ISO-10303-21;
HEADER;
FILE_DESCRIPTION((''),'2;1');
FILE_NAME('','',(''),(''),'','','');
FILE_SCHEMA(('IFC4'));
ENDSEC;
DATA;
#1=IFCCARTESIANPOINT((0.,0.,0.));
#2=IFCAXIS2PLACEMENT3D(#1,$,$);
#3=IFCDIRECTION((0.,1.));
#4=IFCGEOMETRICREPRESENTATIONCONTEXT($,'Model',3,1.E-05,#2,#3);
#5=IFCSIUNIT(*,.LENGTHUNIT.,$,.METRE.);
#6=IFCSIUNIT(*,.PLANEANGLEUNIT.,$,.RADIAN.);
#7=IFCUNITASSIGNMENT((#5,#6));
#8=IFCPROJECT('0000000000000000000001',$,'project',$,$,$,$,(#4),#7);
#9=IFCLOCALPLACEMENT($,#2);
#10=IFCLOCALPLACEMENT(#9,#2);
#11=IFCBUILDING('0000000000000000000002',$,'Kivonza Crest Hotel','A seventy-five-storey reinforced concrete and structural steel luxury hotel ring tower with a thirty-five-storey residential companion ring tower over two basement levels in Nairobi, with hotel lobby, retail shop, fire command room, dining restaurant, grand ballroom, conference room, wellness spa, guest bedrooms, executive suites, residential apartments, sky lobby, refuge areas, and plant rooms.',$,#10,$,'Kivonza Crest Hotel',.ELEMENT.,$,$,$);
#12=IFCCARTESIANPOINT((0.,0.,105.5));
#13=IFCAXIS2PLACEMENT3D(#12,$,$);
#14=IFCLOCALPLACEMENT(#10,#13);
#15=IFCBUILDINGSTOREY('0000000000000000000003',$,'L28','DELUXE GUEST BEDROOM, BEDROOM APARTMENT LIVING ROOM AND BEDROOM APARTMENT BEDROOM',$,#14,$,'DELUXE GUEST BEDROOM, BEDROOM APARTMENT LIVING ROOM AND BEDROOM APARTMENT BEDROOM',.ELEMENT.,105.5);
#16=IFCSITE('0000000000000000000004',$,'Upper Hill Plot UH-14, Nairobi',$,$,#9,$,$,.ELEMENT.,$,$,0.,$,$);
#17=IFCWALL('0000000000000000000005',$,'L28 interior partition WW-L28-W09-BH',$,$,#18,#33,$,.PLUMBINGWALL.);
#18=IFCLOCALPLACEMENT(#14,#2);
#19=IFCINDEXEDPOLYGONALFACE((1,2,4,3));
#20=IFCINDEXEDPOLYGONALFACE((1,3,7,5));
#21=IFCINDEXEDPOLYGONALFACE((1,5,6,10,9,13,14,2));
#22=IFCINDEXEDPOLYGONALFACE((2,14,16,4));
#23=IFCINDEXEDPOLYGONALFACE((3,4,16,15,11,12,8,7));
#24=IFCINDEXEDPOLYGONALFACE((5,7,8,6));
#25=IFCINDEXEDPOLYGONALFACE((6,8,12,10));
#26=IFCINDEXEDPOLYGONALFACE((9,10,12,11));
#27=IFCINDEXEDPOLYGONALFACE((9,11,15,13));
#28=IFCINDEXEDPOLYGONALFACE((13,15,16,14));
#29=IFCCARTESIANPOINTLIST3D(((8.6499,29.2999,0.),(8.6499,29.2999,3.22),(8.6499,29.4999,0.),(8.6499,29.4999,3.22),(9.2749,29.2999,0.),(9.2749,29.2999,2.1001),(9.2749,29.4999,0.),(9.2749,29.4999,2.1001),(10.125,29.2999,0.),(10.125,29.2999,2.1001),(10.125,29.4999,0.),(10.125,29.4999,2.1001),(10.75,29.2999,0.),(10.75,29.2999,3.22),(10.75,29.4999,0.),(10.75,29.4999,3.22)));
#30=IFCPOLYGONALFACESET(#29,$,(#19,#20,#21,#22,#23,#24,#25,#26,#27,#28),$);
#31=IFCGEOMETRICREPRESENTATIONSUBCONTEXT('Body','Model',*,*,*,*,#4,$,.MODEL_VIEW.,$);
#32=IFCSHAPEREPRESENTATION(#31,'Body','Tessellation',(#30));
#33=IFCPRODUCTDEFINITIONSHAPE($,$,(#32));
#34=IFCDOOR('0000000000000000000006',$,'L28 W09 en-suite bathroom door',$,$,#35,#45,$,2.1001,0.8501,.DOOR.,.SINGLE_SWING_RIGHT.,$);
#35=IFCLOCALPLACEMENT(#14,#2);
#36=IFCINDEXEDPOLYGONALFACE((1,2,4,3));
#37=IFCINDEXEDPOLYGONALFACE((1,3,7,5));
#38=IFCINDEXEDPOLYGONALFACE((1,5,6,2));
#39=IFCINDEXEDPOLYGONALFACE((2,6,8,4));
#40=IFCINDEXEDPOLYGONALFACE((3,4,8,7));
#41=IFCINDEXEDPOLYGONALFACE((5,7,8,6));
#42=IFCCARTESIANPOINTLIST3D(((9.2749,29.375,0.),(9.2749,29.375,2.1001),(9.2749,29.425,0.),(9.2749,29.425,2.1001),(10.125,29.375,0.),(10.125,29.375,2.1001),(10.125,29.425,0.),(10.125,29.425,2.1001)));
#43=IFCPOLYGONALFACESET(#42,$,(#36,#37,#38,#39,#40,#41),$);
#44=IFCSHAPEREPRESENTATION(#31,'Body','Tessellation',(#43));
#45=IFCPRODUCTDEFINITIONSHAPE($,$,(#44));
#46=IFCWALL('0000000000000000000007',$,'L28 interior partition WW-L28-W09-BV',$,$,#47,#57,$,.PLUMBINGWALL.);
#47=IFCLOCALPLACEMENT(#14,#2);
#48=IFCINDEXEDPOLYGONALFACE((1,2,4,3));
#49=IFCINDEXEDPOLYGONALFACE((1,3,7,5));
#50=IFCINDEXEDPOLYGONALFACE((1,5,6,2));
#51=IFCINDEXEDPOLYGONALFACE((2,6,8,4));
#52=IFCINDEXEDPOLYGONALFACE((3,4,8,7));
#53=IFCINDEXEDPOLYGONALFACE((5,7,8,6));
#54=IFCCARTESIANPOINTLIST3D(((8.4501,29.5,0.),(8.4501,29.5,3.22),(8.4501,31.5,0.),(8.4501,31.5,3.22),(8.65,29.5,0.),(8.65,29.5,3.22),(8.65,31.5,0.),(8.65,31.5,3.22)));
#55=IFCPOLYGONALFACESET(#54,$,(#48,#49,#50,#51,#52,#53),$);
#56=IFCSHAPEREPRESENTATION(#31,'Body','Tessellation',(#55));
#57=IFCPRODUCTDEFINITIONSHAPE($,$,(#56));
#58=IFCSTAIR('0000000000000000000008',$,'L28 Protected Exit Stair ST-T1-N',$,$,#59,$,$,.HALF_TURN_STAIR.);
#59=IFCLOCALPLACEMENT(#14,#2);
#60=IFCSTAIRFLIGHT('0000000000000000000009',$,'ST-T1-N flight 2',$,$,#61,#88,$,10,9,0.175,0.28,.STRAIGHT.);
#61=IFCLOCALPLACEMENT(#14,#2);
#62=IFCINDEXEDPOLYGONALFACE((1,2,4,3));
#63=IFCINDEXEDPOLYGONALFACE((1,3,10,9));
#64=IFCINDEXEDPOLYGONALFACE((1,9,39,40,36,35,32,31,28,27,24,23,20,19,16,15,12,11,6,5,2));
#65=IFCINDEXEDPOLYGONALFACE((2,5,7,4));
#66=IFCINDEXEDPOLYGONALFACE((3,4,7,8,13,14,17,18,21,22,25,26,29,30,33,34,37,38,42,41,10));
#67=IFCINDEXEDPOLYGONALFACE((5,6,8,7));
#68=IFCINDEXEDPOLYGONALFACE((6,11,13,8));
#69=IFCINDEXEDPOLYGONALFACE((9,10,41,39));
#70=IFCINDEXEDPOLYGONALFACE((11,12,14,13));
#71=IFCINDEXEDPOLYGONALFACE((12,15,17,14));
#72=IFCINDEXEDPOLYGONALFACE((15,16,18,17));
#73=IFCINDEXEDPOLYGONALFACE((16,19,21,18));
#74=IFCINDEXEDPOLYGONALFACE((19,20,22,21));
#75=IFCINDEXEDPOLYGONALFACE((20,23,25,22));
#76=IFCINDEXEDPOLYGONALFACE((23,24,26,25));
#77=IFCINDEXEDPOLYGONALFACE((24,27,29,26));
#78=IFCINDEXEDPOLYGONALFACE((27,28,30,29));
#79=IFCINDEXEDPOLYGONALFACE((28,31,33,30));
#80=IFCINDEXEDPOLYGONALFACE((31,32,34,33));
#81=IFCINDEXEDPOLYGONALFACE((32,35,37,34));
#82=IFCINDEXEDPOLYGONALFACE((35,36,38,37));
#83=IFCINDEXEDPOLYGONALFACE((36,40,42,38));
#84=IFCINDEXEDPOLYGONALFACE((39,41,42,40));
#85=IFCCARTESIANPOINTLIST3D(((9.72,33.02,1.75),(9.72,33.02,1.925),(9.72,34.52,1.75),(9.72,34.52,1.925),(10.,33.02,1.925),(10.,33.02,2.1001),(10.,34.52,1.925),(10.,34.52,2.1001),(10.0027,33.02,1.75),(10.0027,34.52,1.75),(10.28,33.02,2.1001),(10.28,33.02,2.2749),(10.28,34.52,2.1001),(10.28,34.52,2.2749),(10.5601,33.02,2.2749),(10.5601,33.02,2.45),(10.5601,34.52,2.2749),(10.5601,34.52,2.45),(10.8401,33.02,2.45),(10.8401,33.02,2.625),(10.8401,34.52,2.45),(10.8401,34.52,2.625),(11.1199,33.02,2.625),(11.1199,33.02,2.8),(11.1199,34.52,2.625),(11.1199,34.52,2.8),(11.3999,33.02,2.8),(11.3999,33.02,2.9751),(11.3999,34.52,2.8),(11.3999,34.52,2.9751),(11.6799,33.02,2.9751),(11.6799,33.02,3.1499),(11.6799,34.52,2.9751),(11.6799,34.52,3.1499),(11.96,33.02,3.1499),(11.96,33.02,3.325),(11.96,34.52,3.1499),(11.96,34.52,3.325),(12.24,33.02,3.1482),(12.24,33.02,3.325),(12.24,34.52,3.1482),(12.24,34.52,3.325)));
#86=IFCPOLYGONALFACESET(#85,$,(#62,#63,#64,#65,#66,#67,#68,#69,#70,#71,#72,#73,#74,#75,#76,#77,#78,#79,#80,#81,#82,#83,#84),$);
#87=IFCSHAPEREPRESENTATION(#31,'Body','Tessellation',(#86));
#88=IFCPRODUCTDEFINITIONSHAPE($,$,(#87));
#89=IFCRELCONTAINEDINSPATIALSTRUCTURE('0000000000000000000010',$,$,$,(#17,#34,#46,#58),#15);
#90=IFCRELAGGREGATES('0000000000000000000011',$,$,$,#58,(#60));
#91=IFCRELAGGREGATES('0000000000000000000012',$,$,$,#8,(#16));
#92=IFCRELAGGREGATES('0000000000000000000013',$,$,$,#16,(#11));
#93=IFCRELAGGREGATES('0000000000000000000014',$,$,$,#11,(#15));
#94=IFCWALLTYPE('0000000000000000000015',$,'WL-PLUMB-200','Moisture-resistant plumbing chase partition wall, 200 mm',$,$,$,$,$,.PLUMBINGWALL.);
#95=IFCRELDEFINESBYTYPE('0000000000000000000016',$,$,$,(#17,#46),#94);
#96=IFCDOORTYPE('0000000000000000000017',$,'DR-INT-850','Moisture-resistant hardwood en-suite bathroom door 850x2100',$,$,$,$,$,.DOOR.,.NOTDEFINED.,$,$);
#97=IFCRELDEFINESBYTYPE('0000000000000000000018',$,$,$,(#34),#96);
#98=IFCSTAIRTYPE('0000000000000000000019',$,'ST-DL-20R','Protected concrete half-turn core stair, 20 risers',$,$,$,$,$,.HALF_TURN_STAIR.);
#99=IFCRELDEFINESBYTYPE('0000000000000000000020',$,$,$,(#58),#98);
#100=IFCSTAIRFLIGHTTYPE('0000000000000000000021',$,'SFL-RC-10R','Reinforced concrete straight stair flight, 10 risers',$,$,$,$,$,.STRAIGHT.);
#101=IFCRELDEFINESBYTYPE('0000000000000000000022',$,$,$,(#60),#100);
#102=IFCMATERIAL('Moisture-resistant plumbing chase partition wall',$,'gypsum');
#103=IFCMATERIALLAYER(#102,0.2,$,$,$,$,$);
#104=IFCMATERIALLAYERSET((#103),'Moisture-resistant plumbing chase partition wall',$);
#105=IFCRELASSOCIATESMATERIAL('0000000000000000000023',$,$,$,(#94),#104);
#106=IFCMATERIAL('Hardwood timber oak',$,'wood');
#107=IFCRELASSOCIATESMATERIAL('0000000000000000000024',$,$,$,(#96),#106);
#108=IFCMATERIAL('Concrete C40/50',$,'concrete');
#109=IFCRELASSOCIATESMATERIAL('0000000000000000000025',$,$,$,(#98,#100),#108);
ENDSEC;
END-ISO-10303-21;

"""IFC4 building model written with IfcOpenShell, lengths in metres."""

from ifc_helpers import new_model, si_unit, direction, frame, frame_2d, origin, place, context, subcontext, project, spatial, polyline, rectangle, outline, extrude, material, layer, layer_set, type_object, element, fill, aggregate, save


model = new_model("IFC4")

# Units and contexts
model_context = context("Model", 3, precision=1e-05, world=origin(), true_north=direction((0.0, 1.0)))
body_context = subcontext(model_context, "Body", "Model", "MODEL_VIEW")
ifc_project = project(units=[si_unit("LENGTHUNIT", "METRE"), si_unit("PLANEANGLEUNIT", "RADIAN")], contexts=[model_context])

# Site, building, storey
site_placement = place(None, origin())
site = spatial("IfcSite", under=ifc_project, at=site_placement, Name="Upper Hill Plot UH-14, Nairobi", CompositionType="ELEMENT", RefElevation=0.0)
building_placement = place(site_placement, origin())
building = spatial("IfcBuilding", under=site, at=building_placement, Name="Kivonza Crest Hotel", Description="A seventy-five-storey reinforced concrete and structural steel luxury hotel ring tower with a thirty-five-storey residential companion ring tower over two basement levels in Nairobi, with hotel lobby, retail shop, fire command room, dining restaurant, grand ballroom, conference room, wellness spa, guest bedrooms, executive suites, residential apartments, sky lobby, refuge areas, and plant rooms.", LongName="Kivonza Crest Hotel", CompositionType="ELEMENT")
storey_placement = place(building_placement, frame((0.0, 0.0, 105.5)))
storey = spatial("IfcBuildingStorey", under=building, at=storey_placement, Name="L28", Description="DELUXE GUEST BEDROOM, BEDROOM APARTMENT LIVING ROOM AND BEDROOM APARTMENT BEDROOM", LongName="DELUXE GUEST BEDROOM, BEDROOM APARTMENT LIVING ROOM AND BEDROOM APARTMENT BEDROOM", CompositionType="ELEMENT", Elevation=105.5)

# Shared definitions
ifc_material_1 = material(Name="Hardwood timber oak", Category="wood")

# Wall, opening, door
ifc_material_2 = material(Name="Moisture-resistant plumbing chase partition wall", Category="gypsum")
ifc_layer_1 = layer(ifc_material_2, 0.2)
ifc_layer_set_1 = layer_set([ifc_layer_1], Name="Moisture-resistant plumbing chase partition wall")
wall_type_1 = type_object("IfcWallType", Name="WL-PLUMB-200", Description="Moisture-resistant plumbing chase partition wall, 200 mm", PredefinedType="PLUMBINGWALL", material=ifc_layer_set_1)
wall_1_placement = place(storey_placement, frame((8.6499, 29.3999, 0.0), z_axis=(0.0, 0.0, 1.0), x_axis=(1.0, 0.0, 0.0)))
wall_1 = element("IfcWall", 1, at=wall_1_placement, inside=storey, type_object=wall_type_1, Name="L28 interior partition WW-L28-W09-BH", PredefinedType="PLUMBINGWALL", context=body_context, shape_type="SweptSolid", body=[
    extrude(rectangle(XDim=2.1001, YDim=0.2, at=frame_2d((1.05, 0.0))), origin(), (0.0, 0.0, 1.0), 3.22),
])
opening_1_placement = place(wall_1_placement, frame((0.625, 0.0, 0.0)))
opening_1 = element("IfcOpeningElement", 2, at=opening_1_placement, cuts=wall_1, PredefinedType="OPENING", context=body_context, shape_type="SweptSolid", body=[
    extrude(rectangle(XDim=0.8501, YDim=2.1001, at=frame_2d((0.425, 1.05))), frame((0.0, 0.1099, 0.0), z_axis=(0.0, -1.0, 0.0), x_axis=(1.0, 0.0, 0.0)), (0.0, 0.0, 1.0), 0.22),
])
door_type_1 = type_object("IfcDoorType", Name="DR-INT-850", Description="Moisture-resistant hardwood en-suite bathroom door 850x2100", OperationType="NOTDEFINED", PredefinedType="DOOR", material=ifc_material_1)
door_1_placement = place(opening_1_placement, frame((0.8501, 0.0, 0.0), z_axis=(0.0, 0.0, 1.0), x_axis=(-1.0, 0.0, 0.0)))
door_1 = element("IfcDoor", 3, at=door_1_placement, inside=storey, type_object=door_type_1, Name="L28 W09 en-suite bathroom door", OperationType="SINGLE_SWING_RIGHT", OverallHeight=2.1001, OverallWidth=0.8501, PredefinedType="DOOR", context=body_context, shape_type="SweptSolid", body=[
    extrude(rectangle(XDim=0.8501, YDim=2.1001, at=frame_2d((0.425, 1.05))), frame((0.0, 0.0249, 0.0), z_axis=(0.0, -1.0, 0.0), x_axis=(1.0, 0.0, 0.0)), (0.0, 0.0, 1.0), 0.05),
])
fill(opening_1, door_1)

# Wall
wall_2_placement = place(storey_placement, frame((8.55, 29.5, 0.0), z_axis=(0.0, 0.0, 1.0), x_axis=(0.0, 1.0, 0.0)))
element("IfcWall", 4, at=wall_2_placement, inside=storey, type_object=wall_type_1, Name="L28 interior partition WW-L28-W09-BV", PredefinedType="PLUMBINGWALL", context=body_context, shape_type="SweptSolid", body=[
    extrude(rectangle(XDim=2.0, YDim=0.2, at=frame_2d((1.0, 0.0))), origin(), (0.0, 0.0, 1.0), 3.22),
])

# Stair, stair flight
ifc_material_3 = material(Name="Concrete C40/50", Category="concrete")
stair_type = type_object("IfcStairType", Name="ST-DL-20R", Description="Protected concrete half-turn core stair, 20 risers", PredefinedType="HALF_TURN_STAIR", material=ifc_material_3)
stair_placement = place(storey_placement, origin())
stair = element("IfcStair", 5, at=stair_placement, inside=storey, type_object=stair_type, Name="L28 Protected Exit Stair ST-T1-N", PredefinedType="HALF_TURN_STAIR")
stair_flight_type = type_object("IfcStairFlightType", Name="SFL-RC-10R", Description="Reinforced concrete straight stair flight, 10 risers", PredefinedType="STRAIGHT", material=ifc_material_3)
stair_flight_placement = place(storey_placement, frame((9.72, 33.77, 1.75), z_axis=(0.0, 0.0, 1.0), x_axis=(1.0, 0.0, 0.0)))
stair_flight = element("IfcStairFlight", 6, at=stair_flight_placement, type_object=stair_flight_type, Name="ST-T1-N flight 2", NumberOfRisers=10, NumberOfTreads=9, PredefinedType="STRAIGHT", RiserHeight=0.175, TreadLength=0.28, context=body_context, shape_type="SweptSolid", body=[
    extrude(outline(polyline([(0.0, 0.0), (0.0, 0.175), (0.28, 0.175), (0.28, 0.3501), (0.5601, 0.3501), (0.5601, 0.5249), (0.8401, 0.5249), (0.8401, 0.7), (1.1201, 0.7), (1.1201, 0.875), (1.3999, 0.875), (1.3999, 1.05), (1.6799, 1.05), (1.6799, 1.2251), (1.96, 1.2251), (1.96, 1.3999), (2.24, 1.3999), (2.24, 1.575), (2.52, 1.575), (2.52, 1.75), (2.52, 1.3982), (0.2827, 0.0), (0.0, 0.0)])), frame((0.0, 0.75, 0.0), z_axis=(0.0, -1.0, 0.0), x_axis=(1.0, 0.0, 0.0)), (0.0, 0.0, 1.0), 1.5),
])
aggregate(stair, [stair_flight])

save(model, "model.ifc")
